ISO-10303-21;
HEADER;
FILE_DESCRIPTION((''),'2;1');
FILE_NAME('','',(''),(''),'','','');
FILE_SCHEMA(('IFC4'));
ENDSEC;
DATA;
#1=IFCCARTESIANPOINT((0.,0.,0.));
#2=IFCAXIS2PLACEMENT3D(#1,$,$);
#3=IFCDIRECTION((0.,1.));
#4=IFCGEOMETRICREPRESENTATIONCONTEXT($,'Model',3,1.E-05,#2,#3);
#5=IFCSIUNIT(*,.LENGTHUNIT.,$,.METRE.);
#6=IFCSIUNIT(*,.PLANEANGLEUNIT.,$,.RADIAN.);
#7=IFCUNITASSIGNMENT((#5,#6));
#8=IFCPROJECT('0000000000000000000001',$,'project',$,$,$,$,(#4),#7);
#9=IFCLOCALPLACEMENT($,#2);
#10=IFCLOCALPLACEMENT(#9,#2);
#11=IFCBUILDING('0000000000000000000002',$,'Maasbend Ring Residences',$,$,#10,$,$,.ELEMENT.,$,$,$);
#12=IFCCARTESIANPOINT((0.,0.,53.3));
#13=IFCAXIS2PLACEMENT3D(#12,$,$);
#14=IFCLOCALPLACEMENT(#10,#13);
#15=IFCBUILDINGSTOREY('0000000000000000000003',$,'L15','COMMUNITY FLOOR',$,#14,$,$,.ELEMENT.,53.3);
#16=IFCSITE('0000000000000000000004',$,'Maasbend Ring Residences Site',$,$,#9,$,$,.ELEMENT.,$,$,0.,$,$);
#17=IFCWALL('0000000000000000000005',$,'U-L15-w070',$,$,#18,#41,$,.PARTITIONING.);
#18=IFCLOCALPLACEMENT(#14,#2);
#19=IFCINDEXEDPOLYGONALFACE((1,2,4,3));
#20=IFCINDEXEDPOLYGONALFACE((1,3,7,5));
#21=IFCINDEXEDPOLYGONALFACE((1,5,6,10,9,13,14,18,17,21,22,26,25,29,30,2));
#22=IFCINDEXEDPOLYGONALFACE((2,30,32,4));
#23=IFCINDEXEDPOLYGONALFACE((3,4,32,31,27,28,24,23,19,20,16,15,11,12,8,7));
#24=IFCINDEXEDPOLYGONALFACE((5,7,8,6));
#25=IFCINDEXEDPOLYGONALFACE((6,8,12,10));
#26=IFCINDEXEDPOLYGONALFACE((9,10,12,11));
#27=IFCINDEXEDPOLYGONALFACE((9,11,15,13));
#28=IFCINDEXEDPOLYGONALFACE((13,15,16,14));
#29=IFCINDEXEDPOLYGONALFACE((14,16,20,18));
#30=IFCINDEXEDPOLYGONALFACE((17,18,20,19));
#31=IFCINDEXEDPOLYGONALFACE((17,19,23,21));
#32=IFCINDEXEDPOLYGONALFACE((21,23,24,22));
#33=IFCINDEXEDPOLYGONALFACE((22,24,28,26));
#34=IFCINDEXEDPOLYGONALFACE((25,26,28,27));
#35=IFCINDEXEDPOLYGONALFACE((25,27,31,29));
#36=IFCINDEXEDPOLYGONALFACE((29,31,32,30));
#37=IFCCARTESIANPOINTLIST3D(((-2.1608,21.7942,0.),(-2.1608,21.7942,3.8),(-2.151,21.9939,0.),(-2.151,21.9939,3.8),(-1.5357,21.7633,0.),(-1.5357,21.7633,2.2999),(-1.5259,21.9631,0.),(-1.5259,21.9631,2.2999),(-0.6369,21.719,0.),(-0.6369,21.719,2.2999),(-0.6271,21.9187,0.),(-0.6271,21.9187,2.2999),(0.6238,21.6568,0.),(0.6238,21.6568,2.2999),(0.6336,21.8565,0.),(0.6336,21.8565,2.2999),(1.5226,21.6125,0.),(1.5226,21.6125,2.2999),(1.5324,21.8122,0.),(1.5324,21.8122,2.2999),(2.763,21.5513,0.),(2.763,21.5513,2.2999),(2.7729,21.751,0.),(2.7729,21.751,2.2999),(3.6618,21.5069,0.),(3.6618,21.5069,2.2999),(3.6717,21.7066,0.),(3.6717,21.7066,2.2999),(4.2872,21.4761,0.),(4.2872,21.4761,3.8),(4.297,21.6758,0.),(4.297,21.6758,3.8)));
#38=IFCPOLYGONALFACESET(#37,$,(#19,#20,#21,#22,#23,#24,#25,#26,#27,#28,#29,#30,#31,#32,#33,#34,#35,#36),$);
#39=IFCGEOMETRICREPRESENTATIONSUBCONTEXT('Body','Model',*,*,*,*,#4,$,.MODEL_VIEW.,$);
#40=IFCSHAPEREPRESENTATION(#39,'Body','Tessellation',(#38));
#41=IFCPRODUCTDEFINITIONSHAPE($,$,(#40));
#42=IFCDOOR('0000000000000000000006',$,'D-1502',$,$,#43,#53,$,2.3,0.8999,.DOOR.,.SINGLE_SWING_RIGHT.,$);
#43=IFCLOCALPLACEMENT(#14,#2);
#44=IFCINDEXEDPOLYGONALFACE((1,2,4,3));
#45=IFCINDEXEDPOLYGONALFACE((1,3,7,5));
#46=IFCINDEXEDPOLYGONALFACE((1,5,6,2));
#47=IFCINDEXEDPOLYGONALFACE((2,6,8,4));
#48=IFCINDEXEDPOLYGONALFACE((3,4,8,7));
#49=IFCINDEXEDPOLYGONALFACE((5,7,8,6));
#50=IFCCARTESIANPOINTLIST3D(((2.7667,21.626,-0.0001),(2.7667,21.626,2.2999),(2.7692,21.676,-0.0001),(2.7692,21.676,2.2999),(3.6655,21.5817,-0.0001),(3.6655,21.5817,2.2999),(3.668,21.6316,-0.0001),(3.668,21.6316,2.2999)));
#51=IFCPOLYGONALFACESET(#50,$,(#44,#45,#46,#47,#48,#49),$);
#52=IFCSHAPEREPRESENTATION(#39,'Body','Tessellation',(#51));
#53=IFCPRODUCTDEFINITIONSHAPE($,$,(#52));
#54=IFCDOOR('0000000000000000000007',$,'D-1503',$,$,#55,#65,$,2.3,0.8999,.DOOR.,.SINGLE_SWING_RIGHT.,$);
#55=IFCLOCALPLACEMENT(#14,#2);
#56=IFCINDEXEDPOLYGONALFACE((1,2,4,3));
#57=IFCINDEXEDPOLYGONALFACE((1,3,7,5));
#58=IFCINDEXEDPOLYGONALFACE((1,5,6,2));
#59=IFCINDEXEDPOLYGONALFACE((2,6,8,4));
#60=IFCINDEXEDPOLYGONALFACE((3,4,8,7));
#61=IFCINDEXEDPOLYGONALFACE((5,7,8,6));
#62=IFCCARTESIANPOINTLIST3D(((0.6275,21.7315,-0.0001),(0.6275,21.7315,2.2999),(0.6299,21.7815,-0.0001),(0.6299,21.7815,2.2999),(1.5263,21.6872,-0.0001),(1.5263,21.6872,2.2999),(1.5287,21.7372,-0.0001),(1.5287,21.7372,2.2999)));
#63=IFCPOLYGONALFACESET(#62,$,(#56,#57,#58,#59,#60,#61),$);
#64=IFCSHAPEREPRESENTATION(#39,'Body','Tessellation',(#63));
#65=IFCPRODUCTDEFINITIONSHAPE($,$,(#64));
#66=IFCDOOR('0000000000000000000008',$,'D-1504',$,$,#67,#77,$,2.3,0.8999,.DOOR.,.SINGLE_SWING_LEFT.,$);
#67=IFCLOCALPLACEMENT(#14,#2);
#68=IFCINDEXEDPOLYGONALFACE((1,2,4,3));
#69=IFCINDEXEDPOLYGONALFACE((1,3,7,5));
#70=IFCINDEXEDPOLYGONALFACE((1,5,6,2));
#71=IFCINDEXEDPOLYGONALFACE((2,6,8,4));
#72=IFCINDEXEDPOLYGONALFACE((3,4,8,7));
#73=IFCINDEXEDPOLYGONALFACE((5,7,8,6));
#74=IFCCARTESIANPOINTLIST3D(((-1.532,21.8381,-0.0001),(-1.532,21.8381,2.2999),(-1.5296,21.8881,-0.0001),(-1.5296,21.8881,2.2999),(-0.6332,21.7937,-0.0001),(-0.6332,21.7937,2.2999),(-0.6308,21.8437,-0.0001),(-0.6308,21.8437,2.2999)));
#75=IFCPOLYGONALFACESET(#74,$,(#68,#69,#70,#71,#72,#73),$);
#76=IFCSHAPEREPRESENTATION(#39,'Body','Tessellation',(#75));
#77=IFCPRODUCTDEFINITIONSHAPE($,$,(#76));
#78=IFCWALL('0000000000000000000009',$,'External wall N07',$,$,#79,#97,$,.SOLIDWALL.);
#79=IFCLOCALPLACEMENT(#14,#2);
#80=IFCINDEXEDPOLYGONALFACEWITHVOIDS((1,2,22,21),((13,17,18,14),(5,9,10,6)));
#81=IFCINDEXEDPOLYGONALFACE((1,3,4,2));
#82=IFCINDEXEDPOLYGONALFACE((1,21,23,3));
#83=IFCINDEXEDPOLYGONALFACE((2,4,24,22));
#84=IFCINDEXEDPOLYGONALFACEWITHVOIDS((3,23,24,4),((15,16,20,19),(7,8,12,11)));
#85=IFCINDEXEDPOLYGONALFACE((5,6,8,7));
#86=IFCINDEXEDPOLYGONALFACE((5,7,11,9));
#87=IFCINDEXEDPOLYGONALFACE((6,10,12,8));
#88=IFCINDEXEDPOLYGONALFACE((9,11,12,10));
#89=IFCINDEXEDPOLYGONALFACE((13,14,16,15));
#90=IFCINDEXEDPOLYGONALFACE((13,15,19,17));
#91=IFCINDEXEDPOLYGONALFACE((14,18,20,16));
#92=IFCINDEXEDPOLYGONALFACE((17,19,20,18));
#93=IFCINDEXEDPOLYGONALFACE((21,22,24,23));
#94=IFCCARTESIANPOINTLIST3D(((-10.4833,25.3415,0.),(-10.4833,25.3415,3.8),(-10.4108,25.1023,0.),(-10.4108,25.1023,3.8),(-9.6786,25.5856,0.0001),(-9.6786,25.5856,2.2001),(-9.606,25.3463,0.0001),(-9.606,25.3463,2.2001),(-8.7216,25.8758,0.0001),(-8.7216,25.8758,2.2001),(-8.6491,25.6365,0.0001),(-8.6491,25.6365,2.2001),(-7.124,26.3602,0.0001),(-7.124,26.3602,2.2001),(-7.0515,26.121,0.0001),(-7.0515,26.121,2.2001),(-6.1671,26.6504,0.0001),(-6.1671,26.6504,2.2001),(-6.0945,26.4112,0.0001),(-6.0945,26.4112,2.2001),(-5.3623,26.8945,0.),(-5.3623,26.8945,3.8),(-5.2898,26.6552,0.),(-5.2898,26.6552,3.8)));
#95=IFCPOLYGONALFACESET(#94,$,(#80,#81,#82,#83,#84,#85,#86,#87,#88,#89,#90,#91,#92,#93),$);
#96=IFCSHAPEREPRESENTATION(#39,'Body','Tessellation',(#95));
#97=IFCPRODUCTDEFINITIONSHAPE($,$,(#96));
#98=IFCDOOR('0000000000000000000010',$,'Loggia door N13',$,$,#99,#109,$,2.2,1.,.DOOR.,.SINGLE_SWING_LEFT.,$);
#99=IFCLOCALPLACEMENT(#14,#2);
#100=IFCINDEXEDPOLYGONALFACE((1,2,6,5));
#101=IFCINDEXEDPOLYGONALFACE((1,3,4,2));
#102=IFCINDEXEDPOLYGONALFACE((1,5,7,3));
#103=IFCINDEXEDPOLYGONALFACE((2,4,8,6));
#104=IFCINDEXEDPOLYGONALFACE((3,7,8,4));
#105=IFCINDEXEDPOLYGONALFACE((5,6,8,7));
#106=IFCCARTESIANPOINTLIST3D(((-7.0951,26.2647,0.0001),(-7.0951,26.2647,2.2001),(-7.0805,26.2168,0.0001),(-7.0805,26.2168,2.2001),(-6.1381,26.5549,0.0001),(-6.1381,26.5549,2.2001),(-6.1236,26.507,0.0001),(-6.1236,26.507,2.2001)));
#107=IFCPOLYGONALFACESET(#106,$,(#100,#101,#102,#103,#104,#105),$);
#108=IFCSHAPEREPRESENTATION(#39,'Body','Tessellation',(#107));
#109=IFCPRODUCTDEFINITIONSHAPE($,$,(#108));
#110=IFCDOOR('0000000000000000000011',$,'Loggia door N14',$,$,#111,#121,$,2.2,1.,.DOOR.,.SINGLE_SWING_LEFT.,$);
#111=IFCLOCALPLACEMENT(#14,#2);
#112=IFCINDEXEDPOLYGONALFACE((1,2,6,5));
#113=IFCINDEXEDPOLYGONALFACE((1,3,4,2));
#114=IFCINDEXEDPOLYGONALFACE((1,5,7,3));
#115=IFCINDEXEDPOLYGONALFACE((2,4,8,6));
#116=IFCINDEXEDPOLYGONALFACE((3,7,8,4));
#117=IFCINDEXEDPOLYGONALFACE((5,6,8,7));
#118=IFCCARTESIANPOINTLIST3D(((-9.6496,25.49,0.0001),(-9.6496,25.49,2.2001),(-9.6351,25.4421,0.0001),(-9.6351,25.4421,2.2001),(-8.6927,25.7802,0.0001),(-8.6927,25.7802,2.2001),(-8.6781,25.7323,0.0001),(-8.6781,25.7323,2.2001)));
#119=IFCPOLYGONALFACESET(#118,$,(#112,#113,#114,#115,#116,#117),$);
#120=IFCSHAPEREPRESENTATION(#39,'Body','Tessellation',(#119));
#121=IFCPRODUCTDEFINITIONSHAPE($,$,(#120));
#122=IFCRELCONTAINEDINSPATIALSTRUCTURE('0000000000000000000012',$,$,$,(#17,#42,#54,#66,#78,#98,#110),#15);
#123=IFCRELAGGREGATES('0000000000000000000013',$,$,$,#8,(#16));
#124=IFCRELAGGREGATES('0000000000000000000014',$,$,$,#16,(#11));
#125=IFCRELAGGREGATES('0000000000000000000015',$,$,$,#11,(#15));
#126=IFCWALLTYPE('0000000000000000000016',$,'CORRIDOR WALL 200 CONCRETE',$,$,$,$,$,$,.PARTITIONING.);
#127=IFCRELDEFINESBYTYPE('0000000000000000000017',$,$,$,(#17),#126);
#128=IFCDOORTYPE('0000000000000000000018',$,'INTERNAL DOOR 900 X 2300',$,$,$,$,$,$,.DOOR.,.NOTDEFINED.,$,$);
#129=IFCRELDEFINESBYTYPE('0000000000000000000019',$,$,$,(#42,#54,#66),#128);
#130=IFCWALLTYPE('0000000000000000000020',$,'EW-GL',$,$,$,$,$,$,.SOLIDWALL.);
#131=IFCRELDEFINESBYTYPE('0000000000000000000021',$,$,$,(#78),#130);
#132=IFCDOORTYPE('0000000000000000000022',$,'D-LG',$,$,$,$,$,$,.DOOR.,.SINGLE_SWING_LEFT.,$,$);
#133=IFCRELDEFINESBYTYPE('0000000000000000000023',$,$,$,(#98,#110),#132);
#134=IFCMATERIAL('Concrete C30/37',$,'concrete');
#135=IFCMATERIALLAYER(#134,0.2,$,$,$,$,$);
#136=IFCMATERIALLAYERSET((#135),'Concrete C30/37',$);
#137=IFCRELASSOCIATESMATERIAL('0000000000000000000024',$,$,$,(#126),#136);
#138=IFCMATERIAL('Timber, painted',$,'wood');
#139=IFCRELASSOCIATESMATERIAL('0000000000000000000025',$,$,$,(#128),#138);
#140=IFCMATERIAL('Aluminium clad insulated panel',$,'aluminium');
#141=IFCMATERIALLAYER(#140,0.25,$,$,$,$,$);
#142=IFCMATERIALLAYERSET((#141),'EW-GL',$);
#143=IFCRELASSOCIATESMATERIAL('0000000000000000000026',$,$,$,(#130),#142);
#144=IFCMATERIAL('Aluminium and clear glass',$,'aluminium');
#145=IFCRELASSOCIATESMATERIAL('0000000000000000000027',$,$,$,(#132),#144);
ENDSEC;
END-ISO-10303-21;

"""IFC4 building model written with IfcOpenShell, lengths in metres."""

from ifc_helpers import new_model, si_unit, direction, frame, frame_2d, origin, place, context, subcontext, project, spatial, rectangle, extrude, material, layer, layer_set, type_object, element, fill, save


model = new_model("IFC4")

# Units and contexts
model_context = context("Model", 3, precision=1e-05, world=origin(), true_north=direction((0.0, 1.0)))
body_context = subcontext(model_context, "Body", "Model", "MODEL_VIEW")
ifc_project = project(units=[si_unit("LENGTHUNIT", "METRE"), si_unit("PLANEANGLEUNIT", "RADIAN")], contexts=[model_context])

# Site, building, storey
site_placement = place(None, origin())
site = spatial("IfcSite", under=ifc_project, at=site_placement, Name="Maasbend Ring Residences Site", CompositionType="ELEMENT", RefElevation=0.0)
building_placement = place(site_placement, origin())
building = spatial("IfcBuilding", under=site, at=building_placement, Name="Maasbend Ring Residences", CompositionType="ELEMENT")
storey_placement = place(building_placement, frame((0.0, 0.0, 53.3)))
storey = spatial("IfcBuildingStorey", under=building, at=storey_placement, Name="L15", Description="COMMUNITY FLOOR", CompositionType="ELEMENT", Elevation=53.3)

# Shared definitions
ifc_material_1 = material(Name="Concrete C30/37", Category="concrete")
ifc_layer_1 = layer(ifc_material_1, 0.2)
ifc_layer_set_1 = layer_set([ifc_layer_1], Name="Concrete C30/37")
wall_type_1 = type_object("IfcWallType", Name="CORRIDOR WALL 200 CONCRETE", PredefinedType="PARTITIONING", material=ifc_layer_set_1)

# Walls, openings, doors
wall_1_placement = place(storey_placement, frame((-2.156, 21.894, 0.0), z_axis=(0.0, 0.0, 1.0), x_axis=(0.998785, -0.049276, 0.0)))
wall_1 = element("IfcWall", 1, at=wall_1_placement, inside=storey, type_object=wall_type_1, Name="U-L15-w070", PredefinedType="PARTITIONING", context=body_context, shape_type="SweptSolid", body=[
    extrude(rectangle(XDim=6.4558, YDim=0.2, at=frame_2d((3.228, 0.0))), origin(), (0.0, 0.0, 1.0), 3.8),
])
opening_1_placement = place(wall_1_placement, frame((4.9299, 0.0, 0.0)))
opening_1 = element("IfcOpeningElement", 2, at=opening_1_placement, cuts=wall_1, PredefinedType="OPENING", context=body_context, shape_type="SweptSolid", body=[
    extrude(rectangle(XDim=0.8999, YDim=2.3, at=frame_2d((0.45, 1.1499))), frame((0.0, 0.1099, 0.0), z_axis=(0.0, -1.0, 0.0), x_axis=(1.0, 0.0, 0.0)), (0.0, 0.0, 1.0), 0.22),
])
opening_2_placement = place(wall_1_placement, frame((2.7881, 0.0, 0.0)))
opening_2 = element("IfcOpeningElement", 3, at=opening_2_placement, cuts=wall_1, PredefinedType="OPENING", context=body_context, shape_type="SweptSolid", body=[
    extrude(rectangle(XDim=0.8999, YDim=2.3, at=frame_2d((0.45, 1.1499))), frame((0.0, 0.1099, 0.0), z_axis=(0.0, -1.0, 0.0), x_axis=(1.0, 0.0, 0.0)), (0.0, 0.0, 1.0), 0.22),
])
opening_3_placement = place(wall_1_placement, frame((0.626, 0.0, 0.0)))
opening_3 = element("IfcOpeningElement", 4, at=opening_3_placement, cuts=wall_1, PredefinedType="OPENING", context=body_context, shape_type="SweptSolid", body=[
    extrude(rectangle(XDim=0.8999, YDim=2.3, at=frame_2d((0.45, 1.1499))), frame((0.0, 0.1099, 0.0), z_axis=(0.0, -1.0, 0.0), x_axis=(1.0, 0.0, 0.0)), (0.0, 0.0, 1.0), 0.22),
])
ifc_material_2 = material(Name="Timber, painted", Category="wood")
door_type_1 = type_object("IfcDoorType", Name="INTERNAL DOOR 900 X 2300", OperationType="NOTDEFINED", PredefinedType="DOOR", material=ifc_material_2)
door_1_placement = place(opening_1_placement, origin())
door_1 = element("IfcDoor", 5, at=door_1_placement, inside=storey, type_object=door_type_1, Name="D-1502", OperationType="SINGLE_SWING_RIGHT", OverallHeight=2.3, OverallWidth=0.8999, PredefinedType="DOOR", context=body_context, shape_type="SweptSolid", body=[
    extrude(rectangle(XDim=0.8999, YDim=2.3, at=frame_2d((0.45, 1.1499))), frame((0.0, 0.0249, 0.0), z_axis=(0.0, -1.0, 0.0), x_axis=(1.0, 0.0, 0.0)), (0.0, 0.0, 1.0), 0.05),
])
fill(opening_1, door_1)
door_2_placement = place(opening_2_placement, origin())
door_2 = element("IfcDoor", 6, at=door_2_placement, inside=storey, type_object=door_type_1, Name="D-1503", OperationType="SINGLE_SWING_RIGHT", OverallHeight=2.3, OverallWidth=0.8999, PredefinedType="DOOR", context=body_context, shape_type="SweptSolid", body=[
    extrude(rectangle(XDim=0.8999, YDim=2.3, at=frame_2d((0.45, 1.1499))), frame((0.0, 0.0249, 0.0), z_axis=(0.0, -1.0, 0.0), x_axis=(1.0, 0.0, 0.0)), (0.0, 0.0, 1.0), 0.05),
])
fill(opening_2, door_2)
door_3_placement = place(opening_3_placement, origin())
door_3 = element("IfcDoor", 7, at=door_3_placement, inside=storey, type_object=door_type_1, Name="D-1504", OperationType="SINGLE_SWING_LEFT", OverallHeight=2.3, OverallWidth=0.8999, PredefinedType="DOOR", context=body_context, shape_type="SweptSolid", body=[
    extrude(rectangle(XDim=0.8999, YDim=2.3, at=frame_2d((0.45, 1.1499))), frame((0.0, 0.0249, 0.0), z_axis=(0.0, -1.0, 0.0), x_axis=(1.0, 0.0, 0.0)), (0.0, 0.0, 1.0), 0.05),
])
fill(opening_3, door_3)
ifc_material_3 = material(Name="Aluminium clad insulated panel", Category="aluminium")
ifc_layer_2 = layer(ifc_material_3, 0.25)
ifc_layer_set_2 = layer_set([ifc_layer_2], Name="EW-GL")
wall_type_2 = type_object("IfcWallType", Name="EW-GL", PredefinedType="SOLIDWALL", material=ifc_layer_set_2)
wall_2_placement = place(storey_placement, frame((-5.3259, 26.7749, 0.0), z_axis=(0.0, 0.0, 1.0), x_axis=(-0.956966, -0.290201, 0.0)))
wall_2 = element("IfcWall", 8, at=wall_2_placement, inside=storey, type_object=wall_type_2, Name="External wall N07", PredefinedType="SOLIDWALL", context=body_context, shape_type="SweptSolid", body=[
    extrude(rectangle(XDim=5.3513, YDim=0.25, at=frame_2d((2.6758, 0.0))), origin(), (0.0, 0.0, 1.0), 3.8),
])
opening_4_placement = place(wall_2_placement, frame((0.8411, 0.0, 0.0)))
opening_4 = element("IfcOpeningElement", 9, at=opening_4_placement, cuts=wall_2, PredefinedType="OPENING", context=body_context, shape_type="SweptSolid", body=[
    extrude(rectangle(XDim=1.0, YDim=2.2, at=frame_2d((0.5, 1.1001))), frame((0.0, 0.135, 0.0), z_axis=(0.0, -1.0, 0.0), x_axis=(1.0, 0.0, 0.0)), (0.0, 0.0, 1.0), 0.27),
])
opening_5_placement = place(wall_2_placement, frame((3.5105, 0.0, 0.0)))
opening_5 = element("IfcOpeningElement", 10, at=opening_5_placement, cuts=wall_2, PredefinedType="OPENING", context=body_context, shape_type="SweptSolid", body=[
    extrude(rectangle(XDim=1.0, YDim=2.2, at=frame_2d((0.5, 1.1001))), frame((0.0, 0.135, 0.0), z_axis=(0.0, -1.0, 0.0), x_axis=(1.0, 0.0, 0.0)), (0.0, 0.0, 1.0), 0.27),
])
ifc_material_4 = material(Name="Aluminium and clear glass", Category="aluminium")
door_type_2 = type_object("IfcDoorType", Name="D-LG", OperationType="SINGLE_SWING_LEFT", PredefinedType="DOOR", material=ifc_material_4)
door_4_placement = place(opening_4_placement, origin())
door_4 = element("IfcDoor", 11, at=door_4_placement, inside=storey, type_object=door_type_2, Name="Loggia door N13", OperationType="SINGLE_SWING_LEFT", OverallHeight=2.2, OverallWidth=1.0, PredefinedType="DOOR", context=body_context, shape_type="SweptSolid", body=[
    extrude(rectangle(XDim=1.0, YDim=2.2, at=frame_2d((0.5, 1.1001))), frame((0.0, 0.0249, 0.0), z_axis=(0.0, -1.0, 0.0), x_axis=(1.0, 0.0, 0.0)), (0.0, 0.0, 1.0), 0.05),
])
fill(opening_4, door_4)
door_5_placement = place(opening_5_placement, origin())
door_5 = element("IfcDoor", 12, at=door_5_placement, inside=storey, type_object=door_type_2, Name="Loggia door N14", OperationType="SINGLE_SWING_LEFT", OverallHeight=2.2, OverallWidth=1.0, PredefinedType="DOOR", context=body_context, shape_type="SweptSolid", body=[
    extrude(rectangle(XDim=1.0, YDim=2.2, at=frame_2d((0.5, 1.1001))), frame((0.0, 0.0249, 0.0), z_axis=(0.0, -1.0, 0.0), x_axis=(1.0, 0.0, 0.0)), (0.0, 0.0, 1.0), 0.05),
])
fill(opening_5, door_5)

save(model, "model.ifc")
